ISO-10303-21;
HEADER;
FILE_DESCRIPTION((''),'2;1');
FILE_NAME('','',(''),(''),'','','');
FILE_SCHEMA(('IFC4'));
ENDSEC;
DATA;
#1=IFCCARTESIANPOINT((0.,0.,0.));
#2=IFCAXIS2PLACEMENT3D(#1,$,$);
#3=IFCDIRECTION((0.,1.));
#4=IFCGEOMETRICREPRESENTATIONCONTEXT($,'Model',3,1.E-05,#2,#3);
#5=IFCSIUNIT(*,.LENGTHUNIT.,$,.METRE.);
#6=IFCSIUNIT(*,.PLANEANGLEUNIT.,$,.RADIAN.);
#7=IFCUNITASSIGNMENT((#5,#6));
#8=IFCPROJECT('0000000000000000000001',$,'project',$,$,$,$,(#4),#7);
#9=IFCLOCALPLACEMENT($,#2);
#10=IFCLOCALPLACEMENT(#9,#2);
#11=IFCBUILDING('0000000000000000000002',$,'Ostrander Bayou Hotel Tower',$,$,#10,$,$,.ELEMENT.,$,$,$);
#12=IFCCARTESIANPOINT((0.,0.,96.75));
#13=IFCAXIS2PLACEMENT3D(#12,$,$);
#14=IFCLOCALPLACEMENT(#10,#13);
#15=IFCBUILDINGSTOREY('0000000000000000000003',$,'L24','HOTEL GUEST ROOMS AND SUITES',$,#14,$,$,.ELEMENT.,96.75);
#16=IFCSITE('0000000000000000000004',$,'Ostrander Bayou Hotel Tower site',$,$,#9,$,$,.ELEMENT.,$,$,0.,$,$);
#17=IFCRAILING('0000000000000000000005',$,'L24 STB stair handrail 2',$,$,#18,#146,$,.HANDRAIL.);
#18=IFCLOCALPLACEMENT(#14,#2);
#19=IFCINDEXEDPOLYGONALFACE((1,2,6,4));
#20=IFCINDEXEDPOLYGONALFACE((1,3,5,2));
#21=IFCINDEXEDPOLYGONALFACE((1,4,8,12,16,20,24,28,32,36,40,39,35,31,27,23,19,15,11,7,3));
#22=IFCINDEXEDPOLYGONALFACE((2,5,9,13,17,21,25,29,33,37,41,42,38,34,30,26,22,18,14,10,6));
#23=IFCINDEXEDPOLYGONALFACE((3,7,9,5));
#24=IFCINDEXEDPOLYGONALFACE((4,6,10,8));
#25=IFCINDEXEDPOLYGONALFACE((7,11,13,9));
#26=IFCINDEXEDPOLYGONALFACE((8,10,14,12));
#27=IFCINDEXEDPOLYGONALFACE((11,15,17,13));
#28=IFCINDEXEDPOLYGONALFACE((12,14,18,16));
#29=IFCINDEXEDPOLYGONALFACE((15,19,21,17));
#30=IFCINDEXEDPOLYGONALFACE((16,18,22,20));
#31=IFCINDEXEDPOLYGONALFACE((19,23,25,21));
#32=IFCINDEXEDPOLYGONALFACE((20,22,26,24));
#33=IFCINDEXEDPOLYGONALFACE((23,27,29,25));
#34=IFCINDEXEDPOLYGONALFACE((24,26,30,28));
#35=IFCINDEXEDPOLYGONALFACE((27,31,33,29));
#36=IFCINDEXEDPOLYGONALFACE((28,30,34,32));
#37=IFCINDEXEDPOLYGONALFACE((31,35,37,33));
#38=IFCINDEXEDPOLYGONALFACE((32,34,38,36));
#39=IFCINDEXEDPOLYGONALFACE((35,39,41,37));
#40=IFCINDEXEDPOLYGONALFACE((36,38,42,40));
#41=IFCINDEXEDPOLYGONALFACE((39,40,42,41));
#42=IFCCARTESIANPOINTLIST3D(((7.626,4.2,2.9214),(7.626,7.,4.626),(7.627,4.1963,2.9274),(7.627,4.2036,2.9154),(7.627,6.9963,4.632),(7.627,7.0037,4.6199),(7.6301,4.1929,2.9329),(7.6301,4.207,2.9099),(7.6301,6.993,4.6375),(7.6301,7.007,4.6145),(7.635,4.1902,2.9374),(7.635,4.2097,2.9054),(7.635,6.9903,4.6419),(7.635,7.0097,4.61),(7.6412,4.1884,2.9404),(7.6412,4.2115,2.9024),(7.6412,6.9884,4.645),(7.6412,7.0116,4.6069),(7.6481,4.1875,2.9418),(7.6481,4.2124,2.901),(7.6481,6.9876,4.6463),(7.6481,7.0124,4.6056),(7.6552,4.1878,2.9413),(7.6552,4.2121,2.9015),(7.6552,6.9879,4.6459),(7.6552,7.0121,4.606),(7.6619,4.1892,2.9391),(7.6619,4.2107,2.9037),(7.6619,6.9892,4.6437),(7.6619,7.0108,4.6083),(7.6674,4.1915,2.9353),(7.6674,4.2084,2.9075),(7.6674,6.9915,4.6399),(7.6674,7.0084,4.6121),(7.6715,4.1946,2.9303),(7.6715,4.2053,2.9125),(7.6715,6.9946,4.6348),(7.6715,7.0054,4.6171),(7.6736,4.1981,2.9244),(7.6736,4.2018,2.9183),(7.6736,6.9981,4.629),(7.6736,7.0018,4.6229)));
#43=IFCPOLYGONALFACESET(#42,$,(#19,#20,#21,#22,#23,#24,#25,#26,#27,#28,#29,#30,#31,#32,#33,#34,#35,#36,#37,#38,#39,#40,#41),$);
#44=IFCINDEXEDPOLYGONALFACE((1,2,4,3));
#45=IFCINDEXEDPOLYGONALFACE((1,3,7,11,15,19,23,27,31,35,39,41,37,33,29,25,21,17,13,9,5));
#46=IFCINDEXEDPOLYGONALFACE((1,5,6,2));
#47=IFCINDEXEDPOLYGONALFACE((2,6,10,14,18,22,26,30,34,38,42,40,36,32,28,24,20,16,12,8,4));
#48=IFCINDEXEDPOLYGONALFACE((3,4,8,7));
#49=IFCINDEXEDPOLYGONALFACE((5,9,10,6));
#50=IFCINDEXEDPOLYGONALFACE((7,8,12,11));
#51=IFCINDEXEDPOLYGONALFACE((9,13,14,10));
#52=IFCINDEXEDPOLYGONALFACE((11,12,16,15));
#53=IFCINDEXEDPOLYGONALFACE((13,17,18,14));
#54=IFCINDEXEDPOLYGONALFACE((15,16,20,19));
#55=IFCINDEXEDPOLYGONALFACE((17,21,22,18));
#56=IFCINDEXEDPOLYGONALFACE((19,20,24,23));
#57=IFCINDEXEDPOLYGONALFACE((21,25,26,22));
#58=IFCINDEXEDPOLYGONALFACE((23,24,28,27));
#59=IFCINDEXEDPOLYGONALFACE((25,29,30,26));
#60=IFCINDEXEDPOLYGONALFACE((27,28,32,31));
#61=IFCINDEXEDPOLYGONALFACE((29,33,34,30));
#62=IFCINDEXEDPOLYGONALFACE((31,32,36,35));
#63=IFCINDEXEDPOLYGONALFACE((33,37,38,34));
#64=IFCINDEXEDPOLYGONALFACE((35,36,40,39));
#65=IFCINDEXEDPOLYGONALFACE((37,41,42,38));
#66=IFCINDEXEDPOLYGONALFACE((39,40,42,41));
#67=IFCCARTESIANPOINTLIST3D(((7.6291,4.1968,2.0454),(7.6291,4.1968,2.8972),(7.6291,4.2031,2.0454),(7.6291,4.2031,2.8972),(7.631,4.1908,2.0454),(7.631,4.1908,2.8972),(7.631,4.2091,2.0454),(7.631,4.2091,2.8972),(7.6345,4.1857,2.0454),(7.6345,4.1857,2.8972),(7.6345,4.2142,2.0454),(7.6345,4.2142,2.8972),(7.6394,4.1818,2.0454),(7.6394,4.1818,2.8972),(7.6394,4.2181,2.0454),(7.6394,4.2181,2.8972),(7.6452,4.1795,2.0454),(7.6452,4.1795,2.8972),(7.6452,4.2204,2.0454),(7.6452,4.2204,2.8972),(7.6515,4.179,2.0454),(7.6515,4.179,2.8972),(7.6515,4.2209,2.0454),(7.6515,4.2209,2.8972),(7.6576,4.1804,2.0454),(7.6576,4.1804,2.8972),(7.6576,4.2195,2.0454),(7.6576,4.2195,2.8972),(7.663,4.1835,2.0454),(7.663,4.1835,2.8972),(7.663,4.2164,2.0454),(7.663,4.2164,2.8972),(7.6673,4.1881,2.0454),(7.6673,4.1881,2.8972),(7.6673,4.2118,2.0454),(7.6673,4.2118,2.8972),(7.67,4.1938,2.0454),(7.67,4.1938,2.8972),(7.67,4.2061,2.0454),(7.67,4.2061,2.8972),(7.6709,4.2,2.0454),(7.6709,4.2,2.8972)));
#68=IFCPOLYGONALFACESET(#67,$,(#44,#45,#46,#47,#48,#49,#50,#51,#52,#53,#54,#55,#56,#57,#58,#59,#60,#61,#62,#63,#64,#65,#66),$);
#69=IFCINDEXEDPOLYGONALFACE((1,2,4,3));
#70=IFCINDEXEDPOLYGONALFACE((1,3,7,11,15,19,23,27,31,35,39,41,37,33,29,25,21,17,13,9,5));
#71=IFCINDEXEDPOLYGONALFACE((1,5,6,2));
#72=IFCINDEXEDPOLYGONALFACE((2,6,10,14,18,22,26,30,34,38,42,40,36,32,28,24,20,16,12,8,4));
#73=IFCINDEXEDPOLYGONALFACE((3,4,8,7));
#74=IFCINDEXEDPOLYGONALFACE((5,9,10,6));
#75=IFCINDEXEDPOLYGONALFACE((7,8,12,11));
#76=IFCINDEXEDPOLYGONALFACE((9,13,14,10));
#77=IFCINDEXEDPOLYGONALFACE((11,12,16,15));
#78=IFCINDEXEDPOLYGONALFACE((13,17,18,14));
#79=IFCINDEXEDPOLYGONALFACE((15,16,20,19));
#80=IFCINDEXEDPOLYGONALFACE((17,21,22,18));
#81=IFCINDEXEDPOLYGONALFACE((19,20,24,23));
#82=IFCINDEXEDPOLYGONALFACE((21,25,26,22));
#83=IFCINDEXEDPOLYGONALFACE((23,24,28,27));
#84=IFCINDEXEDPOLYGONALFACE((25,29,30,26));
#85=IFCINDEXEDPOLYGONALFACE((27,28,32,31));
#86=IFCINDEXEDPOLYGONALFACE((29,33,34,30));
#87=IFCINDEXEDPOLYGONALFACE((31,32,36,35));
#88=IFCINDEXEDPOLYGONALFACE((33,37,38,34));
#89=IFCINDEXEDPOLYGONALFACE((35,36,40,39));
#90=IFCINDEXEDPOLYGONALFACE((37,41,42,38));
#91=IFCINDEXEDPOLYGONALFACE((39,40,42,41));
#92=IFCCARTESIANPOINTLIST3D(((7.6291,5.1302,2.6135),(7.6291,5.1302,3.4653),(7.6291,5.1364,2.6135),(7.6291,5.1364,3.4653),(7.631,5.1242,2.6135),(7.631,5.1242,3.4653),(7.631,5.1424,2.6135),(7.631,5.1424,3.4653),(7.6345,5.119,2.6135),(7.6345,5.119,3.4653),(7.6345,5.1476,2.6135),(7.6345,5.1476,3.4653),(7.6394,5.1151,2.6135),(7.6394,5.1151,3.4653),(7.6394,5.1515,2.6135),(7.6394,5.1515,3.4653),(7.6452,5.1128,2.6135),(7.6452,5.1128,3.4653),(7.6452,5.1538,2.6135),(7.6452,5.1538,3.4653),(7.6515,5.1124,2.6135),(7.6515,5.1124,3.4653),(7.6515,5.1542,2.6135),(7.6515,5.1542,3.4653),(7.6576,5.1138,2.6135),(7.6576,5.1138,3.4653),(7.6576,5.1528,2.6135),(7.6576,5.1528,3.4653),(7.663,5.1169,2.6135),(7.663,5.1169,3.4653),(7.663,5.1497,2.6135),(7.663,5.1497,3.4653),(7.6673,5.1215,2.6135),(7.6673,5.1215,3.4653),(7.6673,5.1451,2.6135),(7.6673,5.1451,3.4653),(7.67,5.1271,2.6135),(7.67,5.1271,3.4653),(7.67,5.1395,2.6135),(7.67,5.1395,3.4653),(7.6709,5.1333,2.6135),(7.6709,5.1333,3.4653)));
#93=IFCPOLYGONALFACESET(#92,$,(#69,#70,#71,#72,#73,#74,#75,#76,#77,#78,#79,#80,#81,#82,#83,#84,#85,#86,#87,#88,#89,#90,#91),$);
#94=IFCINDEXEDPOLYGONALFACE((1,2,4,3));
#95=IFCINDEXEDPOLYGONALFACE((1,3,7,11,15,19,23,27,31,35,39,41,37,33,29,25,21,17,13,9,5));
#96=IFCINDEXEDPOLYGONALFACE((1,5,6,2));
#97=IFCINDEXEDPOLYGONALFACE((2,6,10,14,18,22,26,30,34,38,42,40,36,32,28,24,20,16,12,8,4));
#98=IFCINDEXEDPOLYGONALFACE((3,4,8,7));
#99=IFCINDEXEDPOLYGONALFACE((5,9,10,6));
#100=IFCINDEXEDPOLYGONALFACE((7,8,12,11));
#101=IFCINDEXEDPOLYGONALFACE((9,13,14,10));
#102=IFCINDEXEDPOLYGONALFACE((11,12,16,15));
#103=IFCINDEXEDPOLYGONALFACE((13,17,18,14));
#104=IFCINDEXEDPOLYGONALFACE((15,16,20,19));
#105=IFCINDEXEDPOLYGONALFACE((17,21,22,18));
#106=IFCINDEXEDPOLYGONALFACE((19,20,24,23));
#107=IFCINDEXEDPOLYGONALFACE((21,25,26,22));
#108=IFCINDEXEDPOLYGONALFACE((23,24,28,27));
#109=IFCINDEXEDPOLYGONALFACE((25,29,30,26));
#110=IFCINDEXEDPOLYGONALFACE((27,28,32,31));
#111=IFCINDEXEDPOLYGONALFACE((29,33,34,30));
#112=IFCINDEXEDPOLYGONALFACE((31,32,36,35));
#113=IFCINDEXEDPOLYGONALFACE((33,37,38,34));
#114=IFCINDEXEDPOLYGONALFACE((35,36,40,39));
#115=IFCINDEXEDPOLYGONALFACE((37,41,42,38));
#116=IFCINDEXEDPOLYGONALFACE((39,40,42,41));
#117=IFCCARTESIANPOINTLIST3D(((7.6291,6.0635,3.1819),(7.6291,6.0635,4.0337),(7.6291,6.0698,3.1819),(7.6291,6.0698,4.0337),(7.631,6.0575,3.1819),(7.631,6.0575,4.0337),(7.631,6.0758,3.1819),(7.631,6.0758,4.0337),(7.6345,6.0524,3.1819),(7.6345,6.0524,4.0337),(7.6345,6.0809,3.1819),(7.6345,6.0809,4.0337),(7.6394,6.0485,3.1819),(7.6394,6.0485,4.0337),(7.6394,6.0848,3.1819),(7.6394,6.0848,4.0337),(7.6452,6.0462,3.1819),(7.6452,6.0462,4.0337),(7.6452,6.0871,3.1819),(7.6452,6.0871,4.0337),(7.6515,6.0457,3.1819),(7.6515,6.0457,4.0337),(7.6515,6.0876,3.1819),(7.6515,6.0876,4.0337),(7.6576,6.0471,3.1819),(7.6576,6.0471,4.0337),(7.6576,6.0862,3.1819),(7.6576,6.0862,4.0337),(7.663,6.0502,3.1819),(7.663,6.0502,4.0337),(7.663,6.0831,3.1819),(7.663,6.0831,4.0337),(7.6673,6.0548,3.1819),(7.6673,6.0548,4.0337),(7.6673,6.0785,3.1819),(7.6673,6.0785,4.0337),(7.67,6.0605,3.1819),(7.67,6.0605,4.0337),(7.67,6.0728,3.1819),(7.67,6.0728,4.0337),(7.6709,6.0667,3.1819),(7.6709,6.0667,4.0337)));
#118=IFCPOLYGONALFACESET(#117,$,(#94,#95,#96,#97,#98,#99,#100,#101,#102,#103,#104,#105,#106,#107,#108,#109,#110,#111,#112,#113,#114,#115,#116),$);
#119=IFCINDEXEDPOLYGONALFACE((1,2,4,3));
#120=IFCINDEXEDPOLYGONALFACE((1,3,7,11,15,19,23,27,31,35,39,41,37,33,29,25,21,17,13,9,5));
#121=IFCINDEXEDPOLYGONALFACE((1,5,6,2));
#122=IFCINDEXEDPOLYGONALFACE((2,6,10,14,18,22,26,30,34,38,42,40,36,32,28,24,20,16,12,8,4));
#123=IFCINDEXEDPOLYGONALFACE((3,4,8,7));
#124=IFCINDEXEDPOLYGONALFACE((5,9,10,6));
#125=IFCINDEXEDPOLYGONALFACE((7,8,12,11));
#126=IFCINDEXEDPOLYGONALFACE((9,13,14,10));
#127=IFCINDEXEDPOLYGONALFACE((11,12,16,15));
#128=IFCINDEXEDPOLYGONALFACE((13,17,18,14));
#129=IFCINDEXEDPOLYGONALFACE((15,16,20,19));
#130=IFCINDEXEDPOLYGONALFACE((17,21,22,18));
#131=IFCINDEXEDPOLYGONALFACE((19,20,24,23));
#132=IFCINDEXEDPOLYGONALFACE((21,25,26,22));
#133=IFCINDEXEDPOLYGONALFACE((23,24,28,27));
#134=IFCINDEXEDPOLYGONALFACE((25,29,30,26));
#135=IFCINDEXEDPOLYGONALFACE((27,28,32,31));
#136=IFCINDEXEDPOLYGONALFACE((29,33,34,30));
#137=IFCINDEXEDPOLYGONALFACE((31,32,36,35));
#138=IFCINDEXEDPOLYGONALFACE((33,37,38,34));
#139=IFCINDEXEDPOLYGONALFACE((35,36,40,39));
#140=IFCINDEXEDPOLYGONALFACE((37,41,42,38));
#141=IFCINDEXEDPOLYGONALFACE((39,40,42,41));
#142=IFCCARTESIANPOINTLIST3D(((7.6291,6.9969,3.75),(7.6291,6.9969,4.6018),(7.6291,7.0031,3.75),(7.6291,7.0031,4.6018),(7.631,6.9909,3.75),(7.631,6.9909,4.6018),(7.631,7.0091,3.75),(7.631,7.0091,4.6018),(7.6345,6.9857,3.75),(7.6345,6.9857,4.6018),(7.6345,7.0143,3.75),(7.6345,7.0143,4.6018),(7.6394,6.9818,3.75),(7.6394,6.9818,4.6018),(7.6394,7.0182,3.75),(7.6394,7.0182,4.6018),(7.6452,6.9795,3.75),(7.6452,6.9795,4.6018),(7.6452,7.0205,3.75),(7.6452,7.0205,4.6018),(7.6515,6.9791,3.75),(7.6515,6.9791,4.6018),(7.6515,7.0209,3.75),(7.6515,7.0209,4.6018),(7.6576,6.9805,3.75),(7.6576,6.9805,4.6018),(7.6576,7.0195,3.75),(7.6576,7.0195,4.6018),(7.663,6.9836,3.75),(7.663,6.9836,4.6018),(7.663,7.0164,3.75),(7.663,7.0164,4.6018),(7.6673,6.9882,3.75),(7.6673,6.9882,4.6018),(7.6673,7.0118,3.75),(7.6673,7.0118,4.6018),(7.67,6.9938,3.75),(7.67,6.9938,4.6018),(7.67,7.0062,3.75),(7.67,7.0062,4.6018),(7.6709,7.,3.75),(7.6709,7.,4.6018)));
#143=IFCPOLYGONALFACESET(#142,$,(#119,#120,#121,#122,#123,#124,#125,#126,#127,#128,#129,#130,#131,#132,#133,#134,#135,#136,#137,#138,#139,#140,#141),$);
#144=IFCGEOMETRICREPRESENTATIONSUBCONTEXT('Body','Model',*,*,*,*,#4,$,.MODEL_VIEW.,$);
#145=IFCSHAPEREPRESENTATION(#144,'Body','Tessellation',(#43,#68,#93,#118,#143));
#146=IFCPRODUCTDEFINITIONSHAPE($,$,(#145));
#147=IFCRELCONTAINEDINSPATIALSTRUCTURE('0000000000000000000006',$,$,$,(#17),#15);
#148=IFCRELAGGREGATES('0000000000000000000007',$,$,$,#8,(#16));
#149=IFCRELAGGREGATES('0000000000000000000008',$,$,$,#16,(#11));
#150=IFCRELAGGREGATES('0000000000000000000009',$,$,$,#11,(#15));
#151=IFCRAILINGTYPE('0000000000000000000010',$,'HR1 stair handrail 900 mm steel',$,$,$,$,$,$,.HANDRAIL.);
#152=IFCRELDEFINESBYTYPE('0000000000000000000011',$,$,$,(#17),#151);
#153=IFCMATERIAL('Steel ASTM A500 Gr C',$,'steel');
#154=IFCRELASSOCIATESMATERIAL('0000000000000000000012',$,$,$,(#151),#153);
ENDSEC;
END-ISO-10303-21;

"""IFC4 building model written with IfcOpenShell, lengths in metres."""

from ifc_helpers import new_model, si_unit, direction, frame, origin, origin_2d, place, context, subcontext, project, spatial, circle, extrude, material, type_object, element, save


model = new_model("IFC4")

# Units and contexts
model_context = context("Model", 3, precision=1e-05, world=origin(), true_north=direction((0.0, 1.0)))
body_context = subcontext(model_context, "Body", "Model", "MODEL_VIEW")
ifc_project = project(units=[si_unit("LENGTHUNIT", "METRE"), si_unit("PLANEANGLEUNIT", "RADIAN")], contexts=[model_context])

# Site, building, storey
site_placement = place(None, origin())
site = spatial("IfcSite", under=ifc_project, at=site_placement, Name="Ostrander Bayou Hotel Tower site", CompositionType="ELEMENT", RefElevation=0.0)
building_placement = place(site_placement, origin())
building = spatial("IfcBuilding", under=site, at=building_placement, Name="Ostrander Bayou Hotel Tower", CompositionType="ELEMENT")
storey_placement = place(building_placement, frame((0.0, 0.0, 96.75)))
storey = spatial("IfcBuildingStorey", under=building, at=storey_placement, Name="L24", Description="HOTEL GUEST ROOMS AND SUITES", CompositionType="ELEMENT", Elevation=96.75)

# Railing
ifc_material_1 = material(Name="Steel ASTM A500 Gr C", Category="steel")
railing_type_1 = type_object("IfcRailingType", Name="HR1 stair handrail 900 mm steel", PredefinedType="HANDRAIL", material=ifc_material_1)
railing_1_placement = place(storey_placement, frame((7.6499, 4.2, 2.0454)))
element("IfcRailing", 1, at=railing_1_placement, inside=storey, type_object=railing_type_1, Name="L24 STB stair handrail 2", PredefinedType="HANDRAIL", context=body_context, shape_type="SweptSolid", body=[
    extrude(circle(Radius=0.0239, at=origin_2d()), frame((0.0, 0.0, 0.876), z_axis=(0.0, 0.85417, 0.519994), x_axis=(-1.0, 0.0, 0.0)), (0.0, 0.0, 1.0), 3.2781),
    extrude(circle(Radius=0.021, at=origin_2d()), origin(), (0.0, 0.0, 1.0), 0.8518),
    extrude(circle(Radius=0.021, at=origin_2d()), frame((0.0, 0.9333, 0.5681)), (0.0, 0.0, 1.0), 0.8518),
    extrude(circle(Radius=0.021, at=origin_2d()), frame((0.0, 1.8667, 1.1365)), (0.0, 0.0, 1.0), 0.8518),
    extrude(circle(Radius=0.021, at=origin_2d()), frame((0.0, 2.8, 1.7046)), (0.0, 0.0, 1.0), 0.8518),
])

save(model, "model.ifc")
